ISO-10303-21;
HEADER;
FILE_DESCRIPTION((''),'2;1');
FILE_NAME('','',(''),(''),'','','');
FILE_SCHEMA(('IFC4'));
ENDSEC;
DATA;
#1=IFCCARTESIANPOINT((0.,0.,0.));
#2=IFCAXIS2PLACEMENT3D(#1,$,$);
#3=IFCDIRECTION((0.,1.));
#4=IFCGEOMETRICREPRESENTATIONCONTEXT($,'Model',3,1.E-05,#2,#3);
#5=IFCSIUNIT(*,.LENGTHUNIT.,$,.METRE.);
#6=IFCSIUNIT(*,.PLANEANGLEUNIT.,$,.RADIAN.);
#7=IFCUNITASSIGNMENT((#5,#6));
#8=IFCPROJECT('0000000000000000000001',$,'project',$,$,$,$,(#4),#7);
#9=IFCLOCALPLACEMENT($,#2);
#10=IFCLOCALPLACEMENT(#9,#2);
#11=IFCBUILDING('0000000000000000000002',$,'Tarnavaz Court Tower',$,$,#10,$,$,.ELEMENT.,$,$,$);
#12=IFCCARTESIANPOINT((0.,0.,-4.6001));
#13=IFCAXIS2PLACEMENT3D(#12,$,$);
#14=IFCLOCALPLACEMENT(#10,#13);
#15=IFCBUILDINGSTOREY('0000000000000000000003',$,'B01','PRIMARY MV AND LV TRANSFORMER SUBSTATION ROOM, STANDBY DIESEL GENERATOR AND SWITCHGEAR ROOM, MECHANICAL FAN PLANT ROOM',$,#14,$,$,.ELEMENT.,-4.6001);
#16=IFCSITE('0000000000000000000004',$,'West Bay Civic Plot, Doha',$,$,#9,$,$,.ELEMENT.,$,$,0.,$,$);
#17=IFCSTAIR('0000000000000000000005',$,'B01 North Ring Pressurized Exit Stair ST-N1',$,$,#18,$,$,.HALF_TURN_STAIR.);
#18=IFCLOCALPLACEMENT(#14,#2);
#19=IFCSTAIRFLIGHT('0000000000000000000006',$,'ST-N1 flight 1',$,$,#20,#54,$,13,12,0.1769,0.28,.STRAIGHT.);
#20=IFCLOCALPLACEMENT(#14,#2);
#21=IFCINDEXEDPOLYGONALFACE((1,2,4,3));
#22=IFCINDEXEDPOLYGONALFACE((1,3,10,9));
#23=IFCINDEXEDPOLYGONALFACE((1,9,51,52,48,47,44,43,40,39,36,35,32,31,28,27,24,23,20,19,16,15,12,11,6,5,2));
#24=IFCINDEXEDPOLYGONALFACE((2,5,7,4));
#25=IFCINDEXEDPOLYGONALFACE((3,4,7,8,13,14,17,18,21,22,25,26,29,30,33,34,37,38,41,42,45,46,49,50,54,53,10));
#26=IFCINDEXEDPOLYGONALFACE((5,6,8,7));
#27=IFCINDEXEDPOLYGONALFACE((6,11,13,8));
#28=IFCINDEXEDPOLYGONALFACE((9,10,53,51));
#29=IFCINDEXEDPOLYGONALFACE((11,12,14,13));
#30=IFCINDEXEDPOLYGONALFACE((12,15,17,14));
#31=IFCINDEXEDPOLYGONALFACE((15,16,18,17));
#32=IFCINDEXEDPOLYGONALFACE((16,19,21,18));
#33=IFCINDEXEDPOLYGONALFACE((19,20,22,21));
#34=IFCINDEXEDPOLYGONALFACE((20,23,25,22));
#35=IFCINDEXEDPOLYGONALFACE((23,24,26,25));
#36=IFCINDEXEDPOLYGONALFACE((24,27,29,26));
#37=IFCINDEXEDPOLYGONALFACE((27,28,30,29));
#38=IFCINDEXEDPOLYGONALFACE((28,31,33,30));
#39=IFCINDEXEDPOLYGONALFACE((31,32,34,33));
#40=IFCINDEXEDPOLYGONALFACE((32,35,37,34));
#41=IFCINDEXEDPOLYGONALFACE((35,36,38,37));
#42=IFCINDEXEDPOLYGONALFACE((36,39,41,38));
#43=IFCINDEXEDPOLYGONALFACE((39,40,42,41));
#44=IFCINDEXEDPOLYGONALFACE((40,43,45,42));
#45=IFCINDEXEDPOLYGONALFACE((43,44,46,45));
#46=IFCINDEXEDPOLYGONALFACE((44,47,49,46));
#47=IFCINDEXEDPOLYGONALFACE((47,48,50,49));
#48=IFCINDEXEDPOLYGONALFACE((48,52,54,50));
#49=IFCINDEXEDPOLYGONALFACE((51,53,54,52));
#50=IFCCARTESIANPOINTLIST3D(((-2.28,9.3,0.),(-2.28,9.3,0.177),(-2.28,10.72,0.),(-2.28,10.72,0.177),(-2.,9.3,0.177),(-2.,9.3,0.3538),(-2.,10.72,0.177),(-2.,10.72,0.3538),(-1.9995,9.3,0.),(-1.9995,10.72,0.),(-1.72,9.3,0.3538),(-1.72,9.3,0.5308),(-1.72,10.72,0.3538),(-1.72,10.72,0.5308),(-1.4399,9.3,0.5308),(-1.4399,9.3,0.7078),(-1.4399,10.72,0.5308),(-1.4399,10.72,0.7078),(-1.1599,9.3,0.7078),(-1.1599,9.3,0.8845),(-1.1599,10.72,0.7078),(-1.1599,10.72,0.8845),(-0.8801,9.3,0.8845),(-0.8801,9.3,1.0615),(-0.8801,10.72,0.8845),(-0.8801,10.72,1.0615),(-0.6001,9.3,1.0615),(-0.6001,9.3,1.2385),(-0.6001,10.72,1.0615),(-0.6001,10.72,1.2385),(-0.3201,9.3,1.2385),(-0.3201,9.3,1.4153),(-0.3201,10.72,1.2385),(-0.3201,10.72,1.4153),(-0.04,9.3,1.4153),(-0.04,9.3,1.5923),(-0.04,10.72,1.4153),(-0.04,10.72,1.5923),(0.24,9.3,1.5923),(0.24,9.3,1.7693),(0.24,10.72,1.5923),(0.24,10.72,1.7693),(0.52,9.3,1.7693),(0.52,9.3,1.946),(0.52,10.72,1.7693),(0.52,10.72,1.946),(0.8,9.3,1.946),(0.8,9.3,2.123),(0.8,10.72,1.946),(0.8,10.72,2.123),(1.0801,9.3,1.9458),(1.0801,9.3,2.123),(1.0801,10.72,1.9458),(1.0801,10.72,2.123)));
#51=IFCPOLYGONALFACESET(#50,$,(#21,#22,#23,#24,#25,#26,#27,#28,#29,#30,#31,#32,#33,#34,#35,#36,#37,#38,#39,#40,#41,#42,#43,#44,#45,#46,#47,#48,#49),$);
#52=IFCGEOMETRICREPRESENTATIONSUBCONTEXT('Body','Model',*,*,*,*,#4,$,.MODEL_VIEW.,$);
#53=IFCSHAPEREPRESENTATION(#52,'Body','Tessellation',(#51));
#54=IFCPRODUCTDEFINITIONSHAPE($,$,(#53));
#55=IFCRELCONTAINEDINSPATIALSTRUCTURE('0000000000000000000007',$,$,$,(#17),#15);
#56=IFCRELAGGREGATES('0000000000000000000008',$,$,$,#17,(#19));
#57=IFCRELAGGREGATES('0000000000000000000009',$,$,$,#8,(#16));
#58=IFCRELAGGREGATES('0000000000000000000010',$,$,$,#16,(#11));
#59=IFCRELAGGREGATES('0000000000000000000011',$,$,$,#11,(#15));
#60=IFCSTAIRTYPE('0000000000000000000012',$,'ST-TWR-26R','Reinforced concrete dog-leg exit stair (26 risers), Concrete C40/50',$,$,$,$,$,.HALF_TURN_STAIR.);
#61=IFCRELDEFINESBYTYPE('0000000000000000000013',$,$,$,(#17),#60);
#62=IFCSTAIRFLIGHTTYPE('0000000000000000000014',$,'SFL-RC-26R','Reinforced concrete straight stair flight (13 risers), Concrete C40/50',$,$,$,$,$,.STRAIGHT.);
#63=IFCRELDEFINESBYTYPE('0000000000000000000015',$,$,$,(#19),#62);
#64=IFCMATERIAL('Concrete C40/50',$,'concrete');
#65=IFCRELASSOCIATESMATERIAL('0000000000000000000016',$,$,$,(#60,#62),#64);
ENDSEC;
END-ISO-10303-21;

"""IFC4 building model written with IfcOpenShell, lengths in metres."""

from ifc_helpers import new_model, si_unit, direction, frame, origin, place, context, subcontext, project, spatial, polyline, outline, extrude, material, type_object, element, aggregate, save


model = new_model("IFC4")

# Units and contexts
model_context = context("Model", 3, precision=1e-05, world=origin(), true_north=direction((0.0, 1.0)))
body_context = subcontext(model_context, "Body", "Model", "MODEL_VIEW")
ifc_project = project(units=[si_unit("LENGTHUNIT", "METRE"), si_unit("PLANEANGLEUNIT", "RADIAN")], contexts=[model_context])

# Site, building, storey
site_placement = place(None, origin())
site = spatial("IfcSite", under=ifc_project, at=site_placement, Name="West Bay Civic Plot, Doha", CompositionType="ELEMENT", RefElevation=0.0)
building_placement = place(site_placement, origin())
building = spatial("IfcBuilding", under=site, at=building_placement, Name="Tarnavaz Court Tower", CompositionType="ELEMENT")
storey_placement = place(building_placement, frame((0.0, 0.0, -4.6001)))
storey = spatial("IfcBuildingStorey", under=building, at=storey_placement, Name="B01", Description="PRIMARY MV AND LV TRANSFORMER SUBSTATION ROOM, STANDBY DIESEL GENERATOR AND SWITCHGEAR ROOM, MECHANICAL FAN PLANT ROOM", CompositionType="ELEMENT", Elevation=-4.6001)

# Stair, stair flight
ifc_material_1 = material(Name="Concrete C40/50", Category="concrete")
stair_type = type_object("IfcStairType", Name="ST-TWR-26R", Description="Reinforced concrete dog-leg exit stair (26 risers), Concrete C40/50", PredefinedType="HALF_TURN_STAIR", material=ifc_material_1)
stair_flight_type = type_object("IfcStairFlightType", Name="SFL-RC-26R", Description="Reinforced concrete straight stair flight (13 risers), Concrete C40/50", PredefinedType="STRAIGHT", material=ifc_material_1)
stair_1_placement = place(storey_placement, origin())
stair_1 = element("IfcStair", 1, at=stair_1_placement, inside=storey, type_object=stair_type, Name="B01 North Ring Pressurized Exit Stair ST-N1", PredefinedType="HALF_TURN_STAIR")
stair_flight_1_placement = place(storey_placement, frame((-2.28, 10.01, 0.0), z_axis=(0.0, 0.0, 1.0), x_axis=(1.0, 0.0, 0.0)))
stair_flight_1 = element("IfcStairFlight", 2, at=stair_flight_1_placement, type_object=stair_flight_type, Name="ST-N1 flight 1", NumberOfRisers=13, NumberOfTreads=12, PredefinedType="STRAIGHT", RiserHeight=0.1769, TreadLength=0.28, context=body_context, shape_type="SweptSolid", body=[
    extrude(outline(polyline([(0.0, 0.0), (0.0, 0.177), (0.28, 0.177), (0.28, 0.3538), (0.5601, 0.3538), (0.5601, 0.5308), (0.8401, 0.5308), (0.8401, 0.7078), (1.1201, 0.7078), (1.1201, 0.8845), (1.3999, 0.8845), (1.3999, 1.0615), (1.6799, 1.0615), (1.6799, 1.2385), (1.96, 1.2385), (1.96, 1.4153), (2.24, 1.4153), (2.24, 1.5923), (2.52, 1.5923), (2.52, 1.7693), (2.8, 1.7693), (2.8, 1.946), (3.0801, 1.946), (3.0801, 2.123), (3.3601, 2.123), (3.3601, 2.3), (3.3601, 1.9458), (0.2805, 0.0), (0.0, 0.0)])), frame((0.0, 0.71, 0.0), z_axis=(0.0, -1.0, 0.0), x_axis=(1.0, 0.0, 0.0)), (0.0, 0.0, 1.0), 1.4199),
])
aggregate(stair_1, [stair_flight_1])

save(model, "model.ifc")
